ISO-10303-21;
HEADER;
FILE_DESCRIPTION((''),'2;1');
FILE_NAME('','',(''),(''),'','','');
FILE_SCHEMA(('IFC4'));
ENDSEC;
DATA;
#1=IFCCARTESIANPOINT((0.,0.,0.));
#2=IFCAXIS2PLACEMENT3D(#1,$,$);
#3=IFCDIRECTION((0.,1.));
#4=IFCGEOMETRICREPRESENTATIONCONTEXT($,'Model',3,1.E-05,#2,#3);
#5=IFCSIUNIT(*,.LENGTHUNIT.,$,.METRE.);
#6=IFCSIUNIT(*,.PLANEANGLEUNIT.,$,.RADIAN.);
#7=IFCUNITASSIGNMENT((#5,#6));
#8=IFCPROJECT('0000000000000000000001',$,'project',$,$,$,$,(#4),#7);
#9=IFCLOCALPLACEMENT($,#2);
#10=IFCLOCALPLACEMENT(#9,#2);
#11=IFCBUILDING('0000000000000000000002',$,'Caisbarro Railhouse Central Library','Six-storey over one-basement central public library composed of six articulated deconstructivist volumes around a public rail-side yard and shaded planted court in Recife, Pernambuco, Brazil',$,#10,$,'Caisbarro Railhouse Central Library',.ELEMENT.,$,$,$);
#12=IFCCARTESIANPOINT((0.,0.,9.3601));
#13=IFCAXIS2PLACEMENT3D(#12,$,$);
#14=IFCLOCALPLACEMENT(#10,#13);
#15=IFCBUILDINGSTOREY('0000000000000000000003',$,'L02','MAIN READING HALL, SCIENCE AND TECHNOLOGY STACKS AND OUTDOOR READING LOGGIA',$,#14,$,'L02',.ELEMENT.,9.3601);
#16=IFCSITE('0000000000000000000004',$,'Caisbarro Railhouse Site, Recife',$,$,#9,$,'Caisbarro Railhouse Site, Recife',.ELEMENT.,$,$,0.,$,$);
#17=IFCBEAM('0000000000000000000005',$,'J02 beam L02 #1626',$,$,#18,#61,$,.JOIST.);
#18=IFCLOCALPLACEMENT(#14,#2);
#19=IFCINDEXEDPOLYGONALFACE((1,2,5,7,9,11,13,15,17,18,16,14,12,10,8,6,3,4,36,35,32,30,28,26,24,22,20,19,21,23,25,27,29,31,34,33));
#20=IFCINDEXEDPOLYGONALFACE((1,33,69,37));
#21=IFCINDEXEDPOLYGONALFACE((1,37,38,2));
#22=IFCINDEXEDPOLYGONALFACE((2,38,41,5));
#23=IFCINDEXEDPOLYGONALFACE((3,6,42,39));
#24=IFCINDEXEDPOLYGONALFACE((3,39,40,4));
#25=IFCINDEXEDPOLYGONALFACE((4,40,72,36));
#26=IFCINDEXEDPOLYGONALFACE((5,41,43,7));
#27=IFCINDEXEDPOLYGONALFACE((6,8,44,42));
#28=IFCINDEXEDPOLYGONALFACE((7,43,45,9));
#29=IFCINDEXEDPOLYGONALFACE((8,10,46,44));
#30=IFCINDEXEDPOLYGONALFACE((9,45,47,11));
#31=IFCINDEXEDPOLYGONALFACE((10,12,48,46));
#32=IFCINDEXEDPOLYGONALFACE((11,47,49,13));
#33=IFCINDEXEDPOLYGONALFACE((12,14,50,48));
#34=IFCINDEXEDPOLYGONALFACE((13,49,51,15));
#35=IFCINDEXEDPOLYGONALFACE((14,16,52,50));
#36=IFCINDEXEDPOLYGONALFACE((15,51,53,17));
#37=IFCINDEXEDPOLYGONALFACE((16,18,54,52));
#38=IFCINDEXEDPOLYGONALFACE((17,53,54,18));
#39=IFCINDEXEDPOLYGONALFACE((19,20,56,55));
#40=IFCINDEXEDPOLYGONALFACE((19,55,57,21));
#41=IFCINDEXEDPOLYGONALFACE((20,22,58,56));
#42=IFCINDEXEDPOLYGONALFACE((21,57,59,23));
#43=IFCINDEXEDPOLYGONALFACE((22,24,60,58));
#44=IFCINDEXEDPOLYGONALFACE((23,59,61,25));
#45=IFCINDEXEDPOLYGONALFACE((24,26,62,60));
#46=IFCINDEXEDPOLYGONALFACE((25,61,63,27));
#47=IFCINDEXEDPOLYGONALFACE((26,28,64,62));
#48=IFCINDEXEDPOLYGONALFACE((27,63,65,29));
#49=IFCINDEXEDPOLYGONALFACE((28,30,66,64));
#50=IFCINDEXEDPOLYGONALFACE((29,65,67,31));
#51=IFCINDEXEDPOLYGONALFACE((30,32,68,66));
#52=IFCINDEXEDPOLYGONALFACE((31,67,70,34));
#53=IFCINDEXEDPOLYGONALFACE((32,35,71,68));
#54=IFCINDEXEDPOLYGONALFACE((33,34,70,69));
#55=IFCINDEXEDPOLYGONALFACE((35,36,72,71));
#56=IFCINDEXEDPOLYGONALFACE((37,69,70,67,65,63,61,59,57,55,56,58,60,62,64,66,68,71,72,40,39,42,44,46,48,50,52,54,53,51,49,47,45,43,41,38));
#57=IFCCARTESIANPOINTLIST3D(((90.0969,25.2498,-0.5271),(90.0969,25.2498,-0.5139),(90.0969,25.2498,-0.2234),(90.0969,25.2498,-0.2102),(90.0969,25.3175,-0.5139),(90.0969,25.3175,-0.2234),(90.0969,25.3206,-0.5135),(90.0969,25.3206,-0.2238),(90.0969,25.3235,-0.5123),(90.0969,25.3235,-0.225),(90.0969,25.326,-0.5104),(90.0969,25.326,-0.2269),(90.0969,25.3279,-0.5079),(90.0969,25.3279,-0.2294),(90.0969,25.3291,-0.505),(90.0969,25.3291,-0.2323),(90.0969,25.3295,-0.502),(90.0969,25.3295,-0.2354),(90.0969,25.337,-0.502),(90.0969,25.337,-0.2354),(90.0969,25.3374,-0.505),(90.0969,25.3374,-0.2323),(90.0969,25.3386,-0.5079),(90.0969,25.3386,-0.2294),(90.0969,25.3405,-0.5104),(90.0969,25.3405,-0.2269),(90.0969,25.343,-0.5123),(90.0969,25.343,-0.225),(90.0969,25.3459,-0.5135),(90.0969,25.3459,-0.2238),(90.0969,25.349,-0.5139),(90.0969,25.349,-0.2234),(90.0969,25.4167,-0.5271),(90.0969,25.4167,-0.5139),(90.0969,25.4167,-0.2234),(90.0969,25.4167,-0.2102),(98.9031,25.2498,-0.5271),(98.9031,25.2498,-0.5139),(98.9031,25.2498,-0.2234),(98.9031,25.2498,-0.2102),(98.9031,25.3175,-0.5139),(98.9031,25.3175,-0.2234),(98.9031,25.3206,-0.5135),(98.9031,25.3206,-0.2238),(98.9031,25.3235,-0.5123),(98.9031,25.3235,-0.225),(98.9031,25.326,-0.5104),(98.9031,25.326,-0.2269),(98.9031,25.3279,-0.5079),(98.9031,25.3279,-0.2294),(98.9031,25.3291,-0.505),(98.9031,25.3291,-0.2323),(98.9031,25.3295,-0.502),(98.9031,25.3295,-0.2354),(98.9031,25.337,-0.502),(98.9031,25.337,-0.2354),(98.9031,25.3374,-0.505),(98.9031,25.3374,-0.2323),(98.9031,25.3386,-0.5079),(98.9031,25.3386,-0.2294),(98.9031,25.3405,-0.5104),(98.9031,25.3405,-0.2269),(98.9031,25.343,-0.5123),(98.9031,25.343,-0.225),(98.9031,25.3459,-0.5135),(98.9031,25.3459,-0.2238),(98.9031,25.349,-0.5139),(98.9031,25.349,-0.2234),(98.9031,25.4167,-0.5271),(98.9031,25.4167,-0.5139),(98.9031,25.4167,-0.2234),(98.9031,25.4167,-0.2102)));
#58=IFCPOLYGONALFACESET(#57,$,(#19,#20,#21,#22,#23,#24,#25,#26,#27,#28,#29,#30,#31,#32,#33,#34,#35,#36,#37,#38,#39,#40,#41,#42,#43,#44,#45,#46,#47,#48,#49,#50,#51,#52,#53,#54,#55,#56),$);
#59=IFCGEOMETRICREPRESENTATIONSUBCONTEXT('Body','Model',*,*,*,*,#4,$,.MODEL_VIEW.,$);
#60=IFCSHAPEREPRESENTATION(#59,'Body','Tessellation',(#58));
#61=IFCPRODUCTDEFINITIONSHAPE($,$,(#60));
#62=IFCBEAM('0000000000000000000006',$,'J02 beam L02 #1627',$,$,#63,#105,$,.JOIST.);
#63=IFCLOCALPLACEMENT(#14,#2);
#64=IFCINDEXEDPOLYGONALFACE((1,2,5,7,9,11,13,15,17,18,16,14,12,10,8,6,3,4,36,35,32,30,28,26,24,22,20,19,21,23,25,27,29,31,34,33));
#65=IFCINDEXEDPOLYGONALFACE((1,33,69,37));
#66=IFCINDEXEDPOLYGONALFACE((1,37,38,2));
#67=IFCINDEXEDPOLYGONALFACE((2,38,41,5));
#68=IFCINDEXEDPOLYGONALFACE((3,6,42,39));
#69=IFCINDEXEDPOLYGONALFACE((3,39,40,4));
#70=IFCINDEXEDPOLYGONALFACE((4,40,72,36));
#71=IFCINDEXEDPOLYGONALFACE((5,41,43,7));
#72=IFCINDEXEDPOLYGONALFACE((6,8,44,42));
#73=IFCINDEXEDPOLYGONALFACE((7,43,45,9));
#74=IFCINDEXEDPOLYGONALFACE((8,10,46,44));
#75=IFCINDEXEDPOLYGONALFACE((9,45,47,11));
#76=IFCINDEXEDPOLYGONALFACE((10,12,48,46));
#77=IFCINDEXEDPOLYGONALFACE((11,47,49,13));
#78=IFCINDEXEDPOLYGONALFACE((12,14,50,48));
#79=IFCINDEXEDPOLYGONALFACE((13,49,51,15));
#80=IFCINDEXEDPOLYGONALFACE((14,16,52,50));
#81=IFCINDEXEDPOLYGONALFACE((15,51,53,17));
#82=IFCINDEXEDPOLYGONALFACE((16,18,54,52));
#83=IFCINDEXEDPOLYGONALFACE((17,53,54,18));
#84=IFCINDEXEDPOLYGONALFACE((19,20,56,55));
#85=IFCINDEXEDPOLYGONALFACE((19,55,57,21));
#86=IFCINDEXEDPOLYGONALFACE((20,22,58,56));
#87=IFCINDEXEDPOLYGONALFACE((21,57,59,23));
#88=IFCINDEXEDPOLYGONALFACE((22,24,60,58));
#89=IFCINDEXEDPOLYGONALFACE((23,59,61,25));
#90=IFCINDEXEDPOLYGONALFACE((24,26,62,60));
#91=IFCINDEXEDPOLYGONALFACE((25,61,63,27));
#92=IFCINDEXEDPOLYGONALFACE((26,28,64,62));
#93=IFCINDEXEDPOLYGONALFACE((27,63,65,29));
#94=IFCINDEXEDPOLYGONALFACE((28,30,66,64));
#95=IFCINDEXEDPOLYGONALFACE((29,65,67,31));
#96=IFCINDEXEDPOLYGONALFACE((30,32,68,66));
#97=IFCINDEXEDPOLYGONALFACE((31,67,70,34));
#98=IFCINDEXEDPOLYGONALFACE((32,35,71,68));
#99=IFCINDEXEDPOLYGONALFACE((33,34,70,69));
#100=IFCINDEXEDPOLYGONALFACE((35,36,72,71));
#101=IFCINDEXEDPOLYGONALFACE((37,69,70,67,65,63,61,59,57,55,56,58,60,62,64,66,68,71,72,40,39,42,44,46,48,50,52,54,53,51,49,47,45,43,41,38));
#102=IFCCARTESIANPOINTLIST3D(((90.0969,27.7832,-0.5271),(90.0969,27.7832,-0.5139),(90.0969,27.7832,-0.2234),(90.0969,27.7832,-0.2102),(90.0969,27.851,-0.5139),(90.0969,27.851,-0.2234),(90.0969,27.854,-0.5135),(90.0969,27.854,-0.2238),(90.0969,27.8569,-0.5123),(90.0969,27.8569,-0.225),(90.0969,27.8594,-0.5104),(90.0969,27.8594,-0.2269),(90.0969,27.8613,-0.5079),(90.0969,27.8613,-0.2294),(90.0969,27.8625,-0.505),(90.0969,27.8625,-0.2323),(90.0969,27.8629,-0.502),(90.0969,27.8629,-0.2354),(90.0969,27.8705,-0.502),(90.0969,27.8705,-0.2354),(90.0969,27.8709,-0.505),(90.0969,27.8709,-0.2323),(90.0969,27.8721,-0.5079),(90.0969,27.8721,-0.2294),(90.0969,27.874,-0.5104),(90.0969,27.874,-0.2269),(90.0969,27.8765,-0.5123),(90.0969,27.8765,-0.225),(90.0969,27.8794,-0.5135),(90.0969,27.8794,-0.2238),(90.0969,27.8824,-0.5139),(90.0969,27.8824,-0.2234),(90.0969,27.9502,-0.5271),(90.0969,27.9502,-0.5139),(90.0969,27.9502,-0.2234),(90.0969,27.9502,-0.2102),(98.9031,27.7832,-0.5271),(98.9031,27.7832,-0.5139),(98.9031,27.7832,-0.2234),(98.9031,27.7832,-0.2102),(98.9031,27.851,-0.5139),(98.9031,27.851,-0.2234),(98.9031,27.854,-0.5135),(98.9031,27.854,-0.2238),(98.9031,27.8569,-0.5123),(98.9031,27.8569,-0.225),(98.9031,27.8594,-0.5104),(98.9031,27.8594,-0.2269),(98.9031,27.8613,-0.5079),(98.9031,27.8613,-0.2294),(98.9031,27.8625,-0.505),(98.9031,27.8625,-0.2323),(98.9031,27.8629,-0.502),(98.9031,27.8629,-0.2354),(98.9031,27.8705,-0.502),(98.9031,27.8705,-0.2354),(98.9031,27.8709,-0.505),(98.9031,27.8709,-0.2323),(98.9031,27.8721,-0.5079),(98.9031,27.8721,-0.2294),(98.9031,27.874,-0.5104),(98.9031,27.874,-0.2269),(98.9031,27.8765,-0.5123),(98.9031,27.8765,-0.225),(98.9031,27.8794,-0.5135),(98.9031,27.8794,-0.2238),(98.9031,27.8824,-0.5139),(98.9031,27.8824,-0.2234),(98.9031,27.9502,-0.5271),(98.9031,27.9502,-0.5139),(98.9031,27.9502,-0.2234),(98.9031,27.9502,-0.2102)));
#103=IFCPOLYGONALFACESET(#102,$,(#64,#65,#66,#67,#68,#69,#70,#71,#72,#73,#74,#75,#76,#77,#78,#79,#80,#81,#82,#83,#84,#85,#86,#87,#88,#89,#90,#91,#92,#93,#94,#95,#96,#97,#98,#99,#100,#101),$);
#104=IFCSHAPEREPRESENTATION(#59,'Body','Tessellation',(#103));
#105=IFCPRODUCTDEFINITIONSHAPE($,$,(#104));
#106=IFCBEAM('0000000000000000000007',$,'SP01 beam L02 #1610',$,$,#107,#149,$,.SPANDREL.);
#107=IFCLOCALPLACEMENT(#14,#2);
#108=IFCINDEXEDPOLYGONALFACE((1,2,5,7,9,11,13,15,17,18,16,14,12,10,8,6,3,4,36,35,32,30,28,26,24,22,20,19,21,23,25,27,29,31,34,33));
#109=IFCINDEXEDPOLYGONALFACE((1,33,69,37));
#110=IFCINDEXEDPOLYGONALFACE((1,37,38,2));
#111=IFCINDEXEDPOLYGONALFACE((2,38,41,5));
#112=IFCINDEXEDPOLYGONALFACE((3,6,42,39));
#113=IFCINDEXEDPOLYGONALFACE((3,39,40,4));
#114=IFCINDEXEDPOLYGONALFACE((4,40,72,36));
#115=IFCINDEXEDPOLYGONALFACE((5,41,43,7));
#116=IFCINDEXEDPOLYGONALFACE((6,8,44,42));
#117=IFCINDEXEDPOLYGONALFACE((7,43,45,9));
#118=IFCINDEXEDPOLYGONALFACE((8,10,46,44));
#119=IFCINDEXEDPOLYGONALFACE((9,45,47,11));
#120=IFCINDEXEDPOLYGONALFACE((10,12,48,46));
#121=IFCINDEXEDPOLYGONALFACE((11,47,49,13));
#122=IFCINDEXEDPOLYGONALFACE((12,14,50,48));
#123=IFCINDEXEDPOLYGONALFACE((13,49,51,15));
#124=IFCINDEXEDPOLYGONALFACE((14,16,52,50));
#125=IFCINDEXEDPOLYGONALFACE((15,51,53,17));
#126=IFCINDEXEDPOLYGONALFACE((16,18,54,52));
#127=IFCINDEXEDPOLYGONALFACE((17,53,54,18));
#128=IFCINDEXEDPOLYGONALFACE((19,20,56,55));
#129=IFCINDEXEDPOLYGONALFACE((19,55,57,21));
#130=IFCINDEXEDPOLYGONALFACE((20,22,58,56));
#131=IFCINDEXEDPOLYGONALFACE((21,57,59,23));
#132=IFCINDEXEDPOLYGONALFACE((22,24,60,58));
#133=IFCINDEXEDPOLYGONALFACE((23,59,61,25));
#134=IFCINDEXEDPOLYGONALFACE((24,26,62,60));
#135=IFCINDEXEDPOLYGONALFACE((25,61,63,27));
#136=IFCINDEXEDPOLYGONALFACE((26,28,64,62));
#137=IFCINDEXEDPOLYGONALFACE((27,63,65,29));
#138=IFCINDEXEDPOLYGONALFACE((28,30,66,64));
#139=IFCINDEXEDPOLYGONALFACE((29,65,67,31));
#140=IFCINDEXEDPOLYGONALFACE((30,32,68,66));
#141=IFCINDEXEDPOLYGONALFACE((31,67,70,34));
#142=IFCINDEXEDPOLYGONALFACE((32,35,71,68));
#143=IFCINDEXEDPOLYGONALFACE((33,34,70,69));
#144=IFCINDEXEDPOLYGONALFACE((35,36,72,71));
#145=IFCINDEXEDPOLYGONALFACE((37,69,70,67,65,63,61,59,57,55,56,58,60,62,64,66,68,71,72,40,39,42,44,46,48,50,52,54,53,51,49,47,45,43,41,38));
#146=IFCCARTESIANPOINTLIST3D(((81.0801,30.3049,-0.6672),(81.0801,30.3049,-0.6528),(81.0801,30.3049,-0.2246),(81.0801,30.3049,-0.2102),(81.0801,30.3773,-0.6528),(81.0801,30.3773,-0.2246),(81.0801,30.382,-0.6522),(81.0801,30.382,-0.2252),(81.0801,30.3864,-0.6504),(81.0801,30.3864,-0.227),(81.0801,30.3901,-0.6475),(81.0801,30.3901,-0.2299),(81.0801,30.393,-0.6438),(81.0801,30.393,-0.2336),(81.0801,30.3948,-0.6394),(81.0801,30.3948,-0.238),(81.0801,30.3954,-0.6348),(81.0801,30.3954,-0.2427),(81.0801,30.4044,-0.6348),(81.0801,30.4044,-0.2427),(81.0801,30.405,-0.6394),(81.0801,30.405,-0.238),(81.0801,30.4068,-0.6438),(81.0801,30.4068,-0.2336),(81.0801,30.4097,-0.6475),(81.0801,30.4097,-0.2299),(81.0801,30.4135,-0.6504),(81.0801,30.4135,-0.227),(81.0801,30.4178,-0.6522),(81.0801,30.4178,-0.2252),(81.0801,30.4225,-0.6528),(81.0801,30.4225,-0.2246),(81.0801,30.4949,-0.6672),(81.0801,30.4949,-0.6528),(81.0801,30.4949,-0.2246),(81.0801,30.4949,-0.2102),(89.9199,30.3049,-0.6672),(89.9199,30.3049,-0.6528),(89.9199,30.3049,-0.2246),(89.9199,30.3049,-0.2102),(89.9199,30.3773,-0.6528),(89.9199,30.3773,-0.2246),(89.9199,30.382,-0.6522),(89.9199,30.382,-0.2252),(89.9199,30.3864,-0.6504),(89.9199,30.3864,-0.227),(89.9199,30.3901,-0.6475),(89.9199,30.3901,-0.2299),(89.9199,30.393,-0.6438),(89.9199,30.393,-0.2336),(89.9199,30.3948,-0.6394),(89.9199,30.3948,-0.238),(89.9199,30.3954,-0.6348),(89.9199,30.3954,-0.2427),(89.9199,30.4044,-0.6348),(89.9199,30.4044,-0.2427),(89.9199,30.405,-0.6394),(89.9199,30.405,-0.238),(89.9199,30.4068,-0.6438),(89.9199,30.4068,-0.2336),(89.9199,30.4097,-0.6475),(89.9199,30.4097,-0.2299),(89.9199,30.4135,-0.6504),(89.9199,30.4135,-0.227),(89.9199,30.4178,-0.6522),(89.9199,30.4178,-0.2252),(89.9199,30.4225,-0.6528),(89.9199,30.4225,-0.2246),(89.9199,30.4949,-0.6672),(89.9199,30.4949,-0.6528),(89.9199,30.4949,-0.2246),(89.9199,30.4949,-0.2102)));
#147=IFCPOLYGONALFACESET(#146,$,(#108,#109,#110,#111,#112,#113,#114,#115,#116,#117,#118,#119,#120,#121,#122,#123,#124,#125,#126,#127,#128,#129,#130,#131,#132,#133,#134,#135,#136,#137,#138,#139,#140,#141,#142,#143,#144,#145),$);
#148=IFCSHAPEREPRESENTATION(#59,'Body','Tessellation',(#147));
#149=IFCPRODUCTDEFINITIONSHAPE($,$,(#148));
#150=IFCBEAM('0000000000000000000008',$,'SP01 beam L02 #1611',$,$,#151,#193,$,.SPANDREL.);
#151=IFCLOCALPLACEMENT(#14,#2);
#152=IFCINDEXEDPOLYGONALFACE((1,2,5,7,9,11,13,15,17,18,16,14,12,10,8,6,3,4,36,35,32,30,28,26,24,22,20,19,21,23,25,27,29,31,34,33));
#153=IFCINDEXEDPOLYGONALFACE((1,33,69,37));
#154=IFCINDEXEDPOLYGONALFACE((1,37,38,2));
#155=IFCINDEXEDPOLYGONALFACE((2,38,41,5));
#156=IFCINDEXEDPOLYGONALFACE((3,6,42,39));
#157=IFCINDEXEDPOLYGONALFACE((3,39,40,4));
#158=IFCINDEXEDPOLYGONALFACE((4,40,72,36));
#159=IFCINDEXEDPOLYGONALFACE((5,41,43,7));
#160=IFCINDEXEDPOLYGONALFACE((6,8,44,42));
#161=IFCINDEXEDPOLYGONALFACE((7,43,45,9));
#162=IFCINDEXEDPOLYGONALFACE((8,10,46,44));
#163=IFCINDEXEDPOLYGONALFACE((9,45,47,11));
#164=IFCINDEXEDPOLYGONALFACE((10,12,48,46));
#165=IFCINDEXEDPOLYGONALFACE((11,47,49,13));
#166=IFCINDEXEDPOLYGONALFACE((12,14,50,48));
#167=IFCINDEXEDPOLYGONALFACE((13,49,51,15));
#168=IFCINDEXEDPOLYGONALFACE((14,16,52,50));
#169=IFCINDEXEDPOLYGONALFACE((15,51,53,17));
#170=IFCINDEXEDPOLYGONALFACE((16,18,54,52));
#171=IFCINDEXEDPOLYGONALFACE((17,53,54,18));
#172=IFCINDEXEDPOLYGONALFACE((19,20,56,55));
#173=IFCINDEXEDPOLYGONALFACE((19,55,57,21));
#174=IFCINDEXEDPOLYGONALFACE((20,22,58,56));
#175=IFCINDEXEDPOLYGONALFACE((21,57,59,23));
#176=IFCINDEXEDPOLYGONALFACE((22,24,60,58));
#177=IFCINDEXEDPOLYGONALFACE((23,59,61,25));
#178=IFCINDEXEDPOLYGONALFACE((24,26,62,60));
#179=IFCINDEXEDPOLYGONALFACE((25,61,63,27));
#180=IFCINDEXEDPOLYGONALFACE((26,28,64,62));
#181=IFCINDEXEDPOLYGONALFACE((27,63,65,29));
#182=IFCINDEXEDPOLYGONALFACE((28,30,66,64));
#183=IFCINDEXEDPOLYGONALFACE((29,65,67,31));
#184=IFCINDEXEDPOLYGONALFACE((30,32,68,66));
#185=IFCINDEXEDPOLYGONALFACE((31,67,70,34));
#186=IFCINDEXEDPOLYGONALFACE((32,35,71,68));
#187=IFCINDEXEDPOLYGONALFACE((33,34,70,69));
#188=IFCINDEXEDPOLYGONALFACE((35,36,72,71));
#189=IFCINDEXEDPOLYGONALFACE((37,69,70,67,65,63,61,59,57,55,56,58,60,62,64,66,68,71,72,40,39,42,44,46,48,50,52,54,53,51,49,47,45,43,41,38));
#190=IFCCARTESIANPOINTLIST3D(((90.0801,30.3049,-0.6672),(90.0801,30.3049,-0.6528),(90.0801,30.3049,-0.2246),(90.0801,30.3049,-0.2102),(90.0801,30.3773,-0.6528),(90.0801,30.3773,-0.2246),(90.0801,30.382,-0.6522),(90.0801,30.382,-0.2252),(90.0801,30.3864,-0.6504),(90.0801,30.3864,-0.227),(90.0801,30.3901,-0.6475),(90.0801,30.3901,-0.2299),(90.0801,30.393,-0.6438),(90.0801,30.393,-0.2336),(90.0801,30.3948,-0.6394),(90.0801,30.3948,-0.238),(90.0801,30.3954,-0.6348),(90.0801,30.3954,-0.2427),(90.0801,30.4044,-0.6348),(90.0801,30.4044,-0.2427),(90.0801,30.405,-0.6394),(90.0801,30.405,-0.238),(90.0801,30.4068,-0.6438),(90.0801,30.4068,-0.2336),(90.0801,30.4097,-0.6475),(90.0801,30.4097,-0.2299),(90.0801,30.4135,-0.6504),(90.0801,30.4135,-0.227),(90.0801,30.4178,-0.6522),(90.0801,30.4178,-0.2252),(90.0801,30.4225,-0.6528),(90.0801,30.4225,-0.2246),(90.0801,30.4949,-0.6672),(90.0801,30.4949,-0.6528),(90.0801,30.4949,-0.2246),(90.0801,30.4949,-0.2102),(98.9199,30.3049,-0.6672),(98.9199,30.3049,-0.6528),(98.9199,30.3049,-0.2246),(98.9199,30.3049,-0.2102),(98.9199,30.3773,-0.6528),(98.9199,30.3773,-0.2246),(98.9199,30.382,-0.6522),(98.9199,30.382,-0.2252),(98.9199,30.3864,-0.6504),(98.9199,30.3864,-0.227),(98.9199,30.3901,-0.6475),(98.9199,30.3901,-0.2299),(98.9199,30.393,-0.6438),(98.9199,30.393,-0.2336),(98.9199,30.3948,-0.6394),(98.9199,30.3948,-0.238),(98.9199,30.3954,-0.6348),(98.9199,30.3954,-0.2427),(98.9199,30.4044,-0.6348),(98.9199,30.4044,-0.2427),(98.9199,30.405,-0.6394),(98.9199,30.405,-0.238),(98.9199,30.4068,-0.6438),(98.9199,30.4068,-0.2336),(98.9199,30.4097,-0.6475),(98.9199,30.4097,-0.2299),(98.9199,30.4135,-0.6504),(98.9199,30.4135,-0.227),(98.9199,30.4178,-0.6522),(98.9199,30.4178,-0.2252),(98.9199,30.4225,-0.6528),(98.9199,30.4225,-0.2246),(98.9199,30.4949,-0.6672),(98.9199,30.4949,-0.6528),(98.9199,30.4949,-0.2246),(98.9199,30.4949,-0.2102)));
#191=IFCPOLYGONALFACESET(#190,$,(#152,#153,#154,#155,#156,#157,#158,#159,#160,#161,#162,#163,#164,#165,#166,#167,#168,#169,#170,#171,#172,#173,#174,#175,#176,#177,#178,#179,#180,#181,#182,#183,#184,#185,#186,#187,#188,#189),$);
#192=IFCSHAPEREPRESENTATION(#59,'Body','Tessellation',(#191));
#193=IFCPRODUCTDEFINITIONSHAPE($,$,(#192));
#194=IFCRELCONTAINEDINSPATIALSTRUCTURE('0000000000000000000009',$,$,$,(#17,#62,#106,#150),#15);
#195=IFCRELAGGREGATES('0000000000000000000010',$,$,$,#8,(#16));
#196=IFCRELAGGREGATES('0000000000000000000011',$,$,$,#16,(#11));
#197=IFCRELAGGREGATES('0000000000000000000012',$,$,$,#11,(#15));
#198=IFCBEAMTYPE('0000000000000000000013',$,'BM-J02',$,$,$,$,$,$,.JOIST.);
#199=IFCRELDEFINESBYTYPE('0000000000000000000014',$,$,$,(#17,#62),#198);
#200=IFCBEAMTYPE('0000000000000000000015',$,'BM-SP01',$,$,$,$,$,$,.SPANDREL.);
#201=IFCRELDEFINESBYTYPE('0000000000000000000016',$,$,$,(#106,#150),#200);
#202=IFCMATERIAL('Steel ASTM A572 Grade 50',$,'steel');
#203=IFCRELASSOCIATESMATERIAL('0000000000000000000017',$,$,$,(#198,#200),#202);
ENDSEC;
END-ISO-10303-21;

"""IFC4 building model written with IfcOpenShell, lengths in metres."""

from ifc_helpers import new_model, si_unit, direction, frame, origin, origin_2d, place, context, subcontext, project, spatial, i_section, extrude, material, material_profile, profile_set, type_object, element, save


model = new_model("IFC4")

# Units and contexts
model_context = context("Model", 3, precision=1e-05, world=origin(), true_north=direction((0.0, 1.0)))
body_context = subcontext(model_context, "Body", "Model", "MODEL_VIEW")
ifc_project = project(units=[si_unit("LENGTHUNIT", "METRE"), si_unit("PLANEANGLEUNIT", "RADIAN")], contexts=[model_context])

# Site, building, storey
site_placement = place(None, origin())
site = spatial("IfcSite", under=ifc_project, at=site_placement, Name="Caisbarro Railhouse Site, Recife", LongName="Caisbarro Railhouse Site, Recife", CompositionType="ELEMENT", RefElevation=0.0)
building_placement = place(site_placement, origin())
building = spatial("IfcBuilding", under=site, at=building_placement, Name="Caisbarro Railhouse Central Library", Description="Six-storey over one-basement central public library composed of six articulated deconstructivist volumes around a public rail-side yard and shaded planted court in Recife, Pernambuco, Brazil", LongName="Caisbarro Railhouse Central Library", CompositionType="ELEMENT")
storey_placement = place(building_placement, frame((0.0, 0.0, 9.3601)))
storey = spatial("IfcBuildingStorey", under=building, at=storey_placement, Name="L02", Description="MAIN READING HALL, SCIENCE AND TECHNOLOGY STACKS AND OUTDOOR READING LOGGIA", LongName="L02", CompositionType="ELEMENT", Elevation=9.3601)

# Beams
ifc_material_1 = material(Name="Steel ASTM A572 Grade 50", Category="steel")
ifc_material_profile_1 = material_profile(ifc_material_1, i_section(OverallWidth=0.167, OverallDepth=0.3169, WebThickness=0.0076, FlangeThickness=0.0132, FilletRadius=0.012, at=origin_2d()), Name="W310X52.0")
ifc_profile_set_1 = profile_set([ifc_material_profile_1], Name="Steel ASTM A572 Grade 50")
beam_type_1 = type_object("IfcBeamType", Name="BM-J02", PredefinedType="JOIST", material=ifc_profile_set_1)
for number, where, z_axis, x_axis, name in (
    (1, (90.0969, 25.3333, -0.3687), (1.0, 0.0, 0.0), (0.0, 1.0, 0.0), "J02 beam L02 #1626"),
    (2, (90.0969, 27.8667, -0.3687), (1.0, 0.0, 0.0), (0.0, 1.0, 0.0), "J02 beam L02 #1627"),
):
    element("IfcBeam", number, at=place(storey_placement, frame(where, z_axis=z_axis, x_axis=x_axis)), inside=storey, type_object=beam_type_1, Name=name, PredefinedType="JOIST", context=body_context, shape_type="SweptSolid", body=[
        extrude(i_section(OverallWidth=0.167, OverallDepth=0.3169, WebThickness=0.0076, FlangeThickness=0.0132, FilletRadius=0.012, at=origin_2d()), origin(), (0.0, 0.0, 1.0), 8.8062),
    ])
ifc_material_profile_2 = material_profile(ifc_material_1, i_section(OverallWidth=0.1899, OverallDepth=0.457, WebThickness=0.009, FlangeThickness=0.0144, FilletRadius=0.0181, at=origin_2d()), Name="W460X74.0")
ifc_profile_set_2 = profile_set([ifc_material_profile_2], Name="Steel ASTM A572 Grade 50")
beam_type_2 = type_object("IfcBeamType", Name="BM-SP01", PredefinedType="SPANDREL", material=ifc_profile_set_2)
for number, where, z_axis, x_axis, name in (
    (3, (81.0801, 30.3999, -0.4387), (1.0, 0.0, 0.0), (0.0, 1.0, 0.0), "SP01 beam L02 #1610"),
    (4, (90.0801, 30.3999, -0.4387), (1.0, 0.0, 0.0), (0.0, 1.0, 0.0), "SP01 beam L02 #1611"),
):
    element("IfcBeam", number, at=place(storey_placement, frame(where, z_axis=z_axis, x_axis=x_axis)), inside=storey, type_object=beam_type_2, Name=name, PredefinedType="SPANDREL", context=body_context, shape_type="SweptSolid", body=[
        extrude(i_section(OverallWidth=0.1899, OverallDepth=0.457, WebThickness=0.009, FlangeThickness=0.0144, FilletRadius=0.0181, at=origin_2d()), origin(), (0.0, 0.0, 1.0), 8.8398),
    ])

save(model, "model.ifc")
